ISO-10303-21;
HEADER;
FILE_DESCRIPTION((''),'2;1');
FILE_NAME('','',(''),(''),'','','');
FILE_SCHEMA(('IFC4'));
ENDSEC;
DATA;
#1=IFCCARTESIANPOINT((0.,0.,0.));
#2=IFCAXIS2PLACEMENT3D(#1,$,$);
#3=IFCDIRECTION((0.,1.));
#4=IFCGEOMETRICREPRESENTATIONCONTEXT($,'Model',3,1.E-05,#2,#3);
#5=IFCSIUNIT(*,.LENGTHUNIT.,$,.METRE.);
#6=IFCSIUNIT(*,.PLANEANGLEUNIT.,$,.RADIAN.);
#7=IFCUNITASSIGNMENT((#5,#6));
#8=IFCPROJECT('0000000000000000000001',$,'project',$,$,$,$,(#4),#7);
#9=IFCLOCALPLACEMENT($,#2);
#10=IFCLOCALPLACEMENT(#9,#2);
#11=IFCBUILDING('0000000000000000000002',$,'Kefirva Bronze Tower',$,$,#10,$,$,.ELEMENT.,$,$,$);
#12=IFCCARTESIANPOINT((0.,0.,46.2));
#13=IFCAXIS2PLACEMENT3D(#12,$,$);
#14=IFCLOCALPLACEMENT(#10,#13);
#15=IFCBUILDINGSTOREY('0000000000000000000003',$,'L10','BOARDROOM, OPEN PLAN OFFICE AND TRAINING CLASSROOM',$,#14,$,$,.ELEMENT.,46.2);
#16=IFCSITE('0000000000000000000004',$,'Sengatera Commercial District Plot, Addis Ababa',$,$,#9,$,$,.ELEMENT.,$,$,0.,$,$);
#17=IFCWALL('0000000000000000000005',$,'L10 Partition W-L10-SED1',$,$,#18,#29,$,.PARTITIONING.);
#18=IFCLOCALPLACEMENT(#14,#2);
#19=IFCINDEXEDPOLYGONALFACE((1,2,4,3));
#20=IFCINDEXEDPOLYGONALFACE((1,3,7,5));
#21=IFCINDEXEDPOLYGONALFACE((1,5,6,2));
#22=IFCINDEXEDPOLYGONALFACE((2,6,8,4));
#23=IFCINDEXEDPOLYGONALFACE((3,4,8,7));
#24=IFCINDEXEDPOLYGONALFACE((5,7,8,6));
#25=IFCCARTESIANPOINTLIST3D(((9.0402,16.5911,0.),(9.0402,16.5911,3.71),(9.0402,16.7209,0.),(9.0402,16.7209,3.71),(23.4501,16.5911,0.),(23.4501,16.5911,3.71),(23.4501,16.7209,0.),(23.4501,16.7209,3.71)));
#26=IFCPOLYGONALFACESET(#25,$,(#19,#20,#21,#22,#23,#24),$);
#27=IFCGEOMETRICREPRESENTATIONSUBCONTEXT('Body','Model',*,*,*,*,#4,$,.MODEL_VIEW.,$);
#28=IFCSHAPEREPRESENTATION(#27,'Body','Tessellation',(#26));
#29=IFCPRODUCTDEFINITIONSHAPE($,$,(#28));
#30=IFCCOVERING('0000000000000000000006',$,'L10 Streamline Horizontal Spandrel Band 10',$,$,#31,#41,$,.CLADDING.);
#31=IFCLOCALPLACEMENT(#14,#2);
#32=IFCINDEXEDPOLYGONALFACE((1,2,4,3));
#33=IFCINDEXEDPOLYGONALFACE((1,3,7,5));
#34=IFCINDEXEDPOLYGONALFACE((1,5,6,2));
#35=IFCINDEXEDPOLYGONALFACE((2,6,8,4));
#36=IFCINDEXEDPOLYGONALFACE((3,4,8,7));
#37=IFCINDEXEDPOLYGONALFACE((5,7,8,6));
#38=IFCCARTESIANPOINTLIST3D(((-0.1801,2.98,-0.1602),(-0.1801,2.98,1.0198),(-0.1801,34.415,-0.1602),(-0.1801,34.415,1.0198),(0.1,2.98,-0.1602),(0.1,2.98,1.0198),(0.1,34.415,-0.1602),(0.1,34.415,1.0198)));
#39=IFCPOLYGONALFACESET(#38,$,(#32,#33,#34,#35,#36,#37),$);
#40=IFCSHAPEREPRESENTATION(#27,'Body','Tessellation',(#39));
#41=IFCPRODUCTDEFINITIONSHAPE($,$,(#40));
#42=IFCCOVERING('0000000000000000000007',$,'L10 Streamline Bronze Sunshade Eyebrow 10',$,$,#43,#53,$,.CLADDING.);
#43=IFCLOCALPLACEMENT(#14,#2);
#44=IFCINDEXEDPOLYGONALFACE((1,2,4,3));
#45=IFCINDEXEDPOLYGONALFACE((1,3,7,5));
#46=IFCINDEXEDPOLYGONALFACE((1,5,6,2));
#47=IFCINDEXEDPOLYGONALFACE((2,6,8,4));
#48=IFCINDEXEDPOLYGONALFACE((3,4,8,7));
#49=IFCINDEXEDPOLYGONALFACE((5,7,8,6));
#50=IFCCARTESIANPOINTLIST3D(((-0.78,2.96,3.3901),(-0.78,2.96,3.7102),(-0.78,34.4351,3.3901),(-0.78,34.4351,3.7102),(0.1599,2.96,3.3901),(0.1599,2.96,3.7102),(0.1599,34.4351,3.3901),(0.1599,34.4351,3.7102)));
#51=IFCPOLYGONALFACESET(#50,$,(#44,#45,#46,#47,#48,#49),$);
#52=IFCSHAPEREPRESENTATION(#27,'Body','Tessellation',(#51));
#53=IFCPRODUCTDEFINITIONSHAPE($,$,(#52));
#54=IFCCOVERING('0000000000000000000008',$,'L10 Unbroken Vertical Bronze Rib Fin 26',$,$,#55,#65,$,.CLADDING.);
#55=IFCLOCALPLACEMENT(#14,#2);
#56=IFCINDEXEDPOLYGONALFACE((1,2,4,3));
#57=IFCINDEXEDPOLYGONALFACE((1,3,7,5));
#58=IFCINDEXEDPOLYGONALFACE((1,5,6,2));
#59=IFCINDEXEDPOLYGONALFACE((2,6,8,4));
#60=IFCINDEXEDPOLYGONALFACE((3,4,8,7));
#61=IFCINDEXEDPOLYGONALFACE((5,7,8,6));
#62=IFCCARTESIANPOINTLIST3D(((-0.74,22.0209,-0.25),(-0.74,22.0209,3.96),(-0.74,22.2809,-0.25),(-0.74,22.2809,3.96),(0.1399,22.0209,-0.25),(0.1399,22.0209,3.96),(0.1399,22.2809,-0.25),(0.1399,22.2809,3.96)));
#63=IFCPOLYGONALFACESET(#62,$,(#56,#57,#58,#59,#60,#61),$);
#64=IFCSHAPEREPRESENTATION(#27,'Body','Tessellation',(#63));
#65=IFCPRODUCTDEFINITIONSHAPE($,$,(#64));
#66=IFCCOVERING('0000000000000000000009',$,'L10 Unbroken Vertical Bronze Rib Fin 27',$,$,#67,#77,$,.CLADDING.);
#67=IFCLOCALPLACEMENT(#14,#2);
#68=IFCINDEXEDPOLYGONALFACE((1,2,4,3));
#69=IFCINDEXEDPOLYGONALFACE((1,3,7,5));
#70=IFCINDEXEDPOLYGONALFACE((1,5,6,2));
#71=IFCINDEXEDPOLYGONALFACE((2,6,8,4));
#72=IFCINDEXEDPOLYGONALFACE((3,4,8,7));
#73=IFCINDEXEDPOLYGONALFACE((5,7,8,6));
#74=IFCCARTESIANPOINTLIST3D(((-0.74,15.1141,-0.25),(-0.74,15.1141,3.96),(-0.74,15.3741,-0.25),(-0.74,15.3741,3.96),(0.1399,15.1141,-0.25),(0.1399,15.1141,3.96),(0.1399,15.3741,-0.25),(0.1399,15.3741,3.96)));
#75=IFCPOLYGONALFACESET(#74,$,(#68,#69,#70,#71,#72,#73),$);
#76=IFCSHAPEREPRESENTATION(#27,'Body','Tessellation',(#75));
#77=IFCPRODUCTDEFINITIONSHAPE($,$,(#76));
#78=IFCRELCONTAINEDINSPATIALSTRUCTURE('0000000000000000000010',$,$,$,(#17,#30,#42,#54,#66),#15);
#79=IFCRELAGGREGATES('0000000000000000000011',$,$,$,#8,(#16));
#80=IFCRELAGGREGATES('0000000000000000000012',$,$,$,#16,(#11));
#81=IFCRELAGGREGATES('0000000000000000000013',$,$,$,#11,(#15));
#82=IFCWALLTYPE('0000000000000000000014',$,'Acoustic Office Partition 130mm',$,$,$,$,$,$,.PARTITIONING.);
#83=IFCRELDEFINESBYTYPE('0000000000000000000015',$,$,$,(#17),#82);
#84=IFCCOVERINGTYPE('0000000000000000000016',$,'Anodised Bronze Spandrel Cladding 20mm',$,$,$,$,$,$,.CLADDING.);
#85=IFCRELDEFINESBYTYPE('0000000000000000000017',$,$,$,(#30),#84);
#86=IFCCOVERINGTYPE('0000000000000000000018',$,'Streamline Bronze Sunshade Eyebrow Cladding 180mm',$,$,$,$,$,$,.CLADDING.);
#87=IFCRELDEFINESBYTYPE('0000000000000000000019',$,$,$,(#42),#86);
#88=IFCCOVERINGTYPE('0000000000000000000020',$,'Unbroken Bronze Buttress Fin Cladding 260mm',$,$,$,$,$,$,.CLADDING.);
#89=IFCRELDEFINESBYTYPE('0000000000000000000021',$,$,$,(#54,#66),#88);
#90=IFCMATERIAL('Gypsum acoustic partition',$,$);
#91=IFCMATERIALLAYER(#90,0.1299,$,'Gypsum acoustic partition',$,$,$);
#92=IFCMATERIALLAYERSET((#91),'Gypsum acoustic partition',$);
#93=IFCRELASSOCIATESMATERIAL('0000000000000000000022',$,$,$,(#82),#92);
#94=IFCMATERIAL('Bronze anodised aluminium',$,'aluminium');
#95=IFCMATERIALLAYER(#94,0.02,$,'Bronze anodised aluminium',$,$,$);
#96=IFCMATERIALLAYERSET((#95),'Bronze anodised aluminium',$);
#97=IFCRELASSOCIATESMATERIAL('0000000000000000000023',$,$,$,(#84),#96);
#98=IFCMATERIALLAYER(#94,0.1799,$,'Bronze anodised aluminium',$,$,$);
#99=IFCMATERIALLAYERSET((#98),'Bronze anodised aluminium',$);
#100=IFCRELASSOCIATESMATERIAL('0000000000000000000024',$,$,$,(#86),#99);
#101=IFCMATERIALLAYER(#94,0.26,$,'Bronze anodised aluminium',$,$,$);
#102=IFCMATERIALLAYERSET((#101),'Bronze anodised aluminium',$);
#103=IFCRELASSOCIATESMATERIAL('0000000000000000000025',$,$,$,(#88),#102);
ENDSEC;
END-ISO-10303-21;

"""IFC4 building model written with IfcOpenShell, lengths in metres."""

from ifc_helpers import new_model, si_unit, direction, frame, frame_2d, origin, origin_2d, place, context, subcontext, project, spatial, rectangle, extrude, material, layer, layer_set, type_object, element, save


model = new_model("IFC4")

# Units and contexts
model_context = context("Model", 3, precision=1e-05, world=origin(), true_north=direction((0.0, 1.0)))
body_context = subcontext(model_context, "Body", "Model", "MODEL_VIEW")
ifc_project = project(units=[si_unit("LENGTHUNIT", "METRE"), si_unit("PLANEANGLEUNIT", "RADIAN")], contexts=[model_context])

# Site, building, storey
site_placement = place(None, origin())
site = spatial("IfcSite", under=ifc_project, at=site_placement, Name="Sengatera Commercial District Plot, Addis Ababa", CompositionType="ELEMENT", RefElevation=0.0)
building_placement = place(site_placement, origin())
building = spatial("IfcBuilding", under=site, at=building_placement, Name="Kefirva Bronze Tower", CompositionType="ELEMENT")
storey_placement = place(building_placement, frame((0.0, 0.0, 46.2)))
storey = spatial("IfcBuildingStorey", under=building, at=storey_placement, Name="L10", Description="BOARDROOM, OPEN PLAN OFFICE AND TRAINING CLASSROOM", CompositionType="ELEMENT", Elevation=46.2)

# Shared definitions
ifc_material_1 = material(Name="Bronze anodised aluminium", Category="aluminium")

# Wall
ifc_material_2 = material(Name="Gypsum acoustic partition")
ifc_layer_1 = layer(ifc_material_2, 0.1299, Name="Gypsum acoustic partition")
ifc_layer_set_1 = layer_set([ifc_layer_1], Name="Gypsum acoustic partition")
wall_type = type_object("IfcWallType", Name="Acoustic Office Partition 130mm", PredefinedType="PARTITIONING", material=ifc_layer_set_1)
wall_placement = place(storey_placement, frame((9.04, 16.656, 0.0), z_axis=(0.0, 0.0, 1.0), x_axis=(1.0, 0.0, 0.0)))
element("IfcWall", 1, at=wall_placement, inside=storey, type_object=wall_type, Name="L10 Partition W-L10-SED1", PredefinedType="PARTITIONING", context=body_context, shape_type="SweptSolid", body=[
    extrude(rectangle(XDim=14.4099, YDim=0.1299, at=frame_2d((7.2051, 0.0))), origin(), (0.0, 0.0, 1.0), 3.71),
])

# Coverings
ifc_layer_2 = layer(ifc_material_1, 0.02, Name="Bronze anodised aluminium")
ifc_layer_set_2 = layer_set([ifc_layer_2], Name="Bronze anodised aluminium")
covering_type_1 = type_object("IfcCoveringType", Name="Anodised Bronze Spandrel Cladding 20mm", PredefinedType="CLADDING", material=ifc_layer_set_2)
covering_1_placement = place(storey_placement, frame((-0.04, 18.6975, -0.1602), z_axis=(0.0, 0.0, 1.0), x_axis=(0.0, -1.0, 0.0)))
element("IfcCovering", 2, at=covering_1_placement, inside=storey, type_object=covering_type_1, Name="L10 Streamline Horizontal Spandrel Band 10", PredefinedType="CLADDING", context=body_context, shape_type="SweptSolid", body=[
    extrude(rectangle(XDim=31.4351, YDim=0.28, at=origin_2d()), origin(), (0.0, 0.0, 1.0), 1.1799),
])
ifc_layer_3 = layer(ifc_material_1, 0.1799, Name="Bronze anodised aluminium")
ifc_layer_set_3 = layer_set([ifc_layer_3], Name="Bronze anodised aluminium")
covering_type_2 = type_object("IfcCoveringType", Name="Streamline Bronze Sunshade Eyebrow Cladding 180mm", PredefinedType="CLADDING", material=ifc_layer_set_3)
covering_2_placement = place(storey_placement, frame((-0.3101, 18.6975, 3.3901), z_axis=(0.0, 0.0, 1.0), x_axis=(0.0, -1.0, 0.0)))
element("IfcCovering", 3, at=covering_2_placement, inside=storey, type_object=covering_type_2, Name="L10 Streamline Bronze Sunshade Eyebrow 10", PredefinedType="CLADDING", context=body_context, shape_type="SweptSolid", body=[
    extrude(rectangle(XDim=31.4751, YDim=0.9399, at=origin_2d()), origin(), (0.0, 0.0, 1.0), 0.3201),
])
ifc_layer_4 = layer(ifc_material_1, 0.26, Name="Bronze anodised aluminium")
ifc_layer_set_4 = layer_set([ifc_layer_4], Name="Bronze anodised aluminium")
covering_type_3 = type_object("IfcCoveringType", Name="Unbroken Bronze Buttress Fin Cladding 260mm", PredefinedType="CLADDING", material=ifc_layer_set_4)
for number, where, z_axis, x_axis, name in (
    (4, (-0.3, 22.1509, -0.25), (0.0, 0.0, 1.0), (0.0, -1.0, 0.0), "L10 Unbroken Vertical Bronze Rib Fin 26"),
    (5, (-0.3, 15.2441, -0.25), (0.0, 0.0, 1.0), (0.0, -1.0, 0.0), "L10 Unbroken Vertical Bronze Rib Fin 27"),
):
    element("IfcCovering", number, at=place(storey_placement, frame(where, z_axis=z_axis, x_axis=x_axis)), inside=storey, type_object=covering_type_3, Name=name, PredefinedType="CLADDING", context=body_context, shape_type="SweptSolid", body=[
        extrude(rectangle(XDim=0.26, YDim=0.8799, at=origin_2d()), origin(), (0.0, 0.0, 1.0), 4.21),
    ])

save(model, "model.ifc")
